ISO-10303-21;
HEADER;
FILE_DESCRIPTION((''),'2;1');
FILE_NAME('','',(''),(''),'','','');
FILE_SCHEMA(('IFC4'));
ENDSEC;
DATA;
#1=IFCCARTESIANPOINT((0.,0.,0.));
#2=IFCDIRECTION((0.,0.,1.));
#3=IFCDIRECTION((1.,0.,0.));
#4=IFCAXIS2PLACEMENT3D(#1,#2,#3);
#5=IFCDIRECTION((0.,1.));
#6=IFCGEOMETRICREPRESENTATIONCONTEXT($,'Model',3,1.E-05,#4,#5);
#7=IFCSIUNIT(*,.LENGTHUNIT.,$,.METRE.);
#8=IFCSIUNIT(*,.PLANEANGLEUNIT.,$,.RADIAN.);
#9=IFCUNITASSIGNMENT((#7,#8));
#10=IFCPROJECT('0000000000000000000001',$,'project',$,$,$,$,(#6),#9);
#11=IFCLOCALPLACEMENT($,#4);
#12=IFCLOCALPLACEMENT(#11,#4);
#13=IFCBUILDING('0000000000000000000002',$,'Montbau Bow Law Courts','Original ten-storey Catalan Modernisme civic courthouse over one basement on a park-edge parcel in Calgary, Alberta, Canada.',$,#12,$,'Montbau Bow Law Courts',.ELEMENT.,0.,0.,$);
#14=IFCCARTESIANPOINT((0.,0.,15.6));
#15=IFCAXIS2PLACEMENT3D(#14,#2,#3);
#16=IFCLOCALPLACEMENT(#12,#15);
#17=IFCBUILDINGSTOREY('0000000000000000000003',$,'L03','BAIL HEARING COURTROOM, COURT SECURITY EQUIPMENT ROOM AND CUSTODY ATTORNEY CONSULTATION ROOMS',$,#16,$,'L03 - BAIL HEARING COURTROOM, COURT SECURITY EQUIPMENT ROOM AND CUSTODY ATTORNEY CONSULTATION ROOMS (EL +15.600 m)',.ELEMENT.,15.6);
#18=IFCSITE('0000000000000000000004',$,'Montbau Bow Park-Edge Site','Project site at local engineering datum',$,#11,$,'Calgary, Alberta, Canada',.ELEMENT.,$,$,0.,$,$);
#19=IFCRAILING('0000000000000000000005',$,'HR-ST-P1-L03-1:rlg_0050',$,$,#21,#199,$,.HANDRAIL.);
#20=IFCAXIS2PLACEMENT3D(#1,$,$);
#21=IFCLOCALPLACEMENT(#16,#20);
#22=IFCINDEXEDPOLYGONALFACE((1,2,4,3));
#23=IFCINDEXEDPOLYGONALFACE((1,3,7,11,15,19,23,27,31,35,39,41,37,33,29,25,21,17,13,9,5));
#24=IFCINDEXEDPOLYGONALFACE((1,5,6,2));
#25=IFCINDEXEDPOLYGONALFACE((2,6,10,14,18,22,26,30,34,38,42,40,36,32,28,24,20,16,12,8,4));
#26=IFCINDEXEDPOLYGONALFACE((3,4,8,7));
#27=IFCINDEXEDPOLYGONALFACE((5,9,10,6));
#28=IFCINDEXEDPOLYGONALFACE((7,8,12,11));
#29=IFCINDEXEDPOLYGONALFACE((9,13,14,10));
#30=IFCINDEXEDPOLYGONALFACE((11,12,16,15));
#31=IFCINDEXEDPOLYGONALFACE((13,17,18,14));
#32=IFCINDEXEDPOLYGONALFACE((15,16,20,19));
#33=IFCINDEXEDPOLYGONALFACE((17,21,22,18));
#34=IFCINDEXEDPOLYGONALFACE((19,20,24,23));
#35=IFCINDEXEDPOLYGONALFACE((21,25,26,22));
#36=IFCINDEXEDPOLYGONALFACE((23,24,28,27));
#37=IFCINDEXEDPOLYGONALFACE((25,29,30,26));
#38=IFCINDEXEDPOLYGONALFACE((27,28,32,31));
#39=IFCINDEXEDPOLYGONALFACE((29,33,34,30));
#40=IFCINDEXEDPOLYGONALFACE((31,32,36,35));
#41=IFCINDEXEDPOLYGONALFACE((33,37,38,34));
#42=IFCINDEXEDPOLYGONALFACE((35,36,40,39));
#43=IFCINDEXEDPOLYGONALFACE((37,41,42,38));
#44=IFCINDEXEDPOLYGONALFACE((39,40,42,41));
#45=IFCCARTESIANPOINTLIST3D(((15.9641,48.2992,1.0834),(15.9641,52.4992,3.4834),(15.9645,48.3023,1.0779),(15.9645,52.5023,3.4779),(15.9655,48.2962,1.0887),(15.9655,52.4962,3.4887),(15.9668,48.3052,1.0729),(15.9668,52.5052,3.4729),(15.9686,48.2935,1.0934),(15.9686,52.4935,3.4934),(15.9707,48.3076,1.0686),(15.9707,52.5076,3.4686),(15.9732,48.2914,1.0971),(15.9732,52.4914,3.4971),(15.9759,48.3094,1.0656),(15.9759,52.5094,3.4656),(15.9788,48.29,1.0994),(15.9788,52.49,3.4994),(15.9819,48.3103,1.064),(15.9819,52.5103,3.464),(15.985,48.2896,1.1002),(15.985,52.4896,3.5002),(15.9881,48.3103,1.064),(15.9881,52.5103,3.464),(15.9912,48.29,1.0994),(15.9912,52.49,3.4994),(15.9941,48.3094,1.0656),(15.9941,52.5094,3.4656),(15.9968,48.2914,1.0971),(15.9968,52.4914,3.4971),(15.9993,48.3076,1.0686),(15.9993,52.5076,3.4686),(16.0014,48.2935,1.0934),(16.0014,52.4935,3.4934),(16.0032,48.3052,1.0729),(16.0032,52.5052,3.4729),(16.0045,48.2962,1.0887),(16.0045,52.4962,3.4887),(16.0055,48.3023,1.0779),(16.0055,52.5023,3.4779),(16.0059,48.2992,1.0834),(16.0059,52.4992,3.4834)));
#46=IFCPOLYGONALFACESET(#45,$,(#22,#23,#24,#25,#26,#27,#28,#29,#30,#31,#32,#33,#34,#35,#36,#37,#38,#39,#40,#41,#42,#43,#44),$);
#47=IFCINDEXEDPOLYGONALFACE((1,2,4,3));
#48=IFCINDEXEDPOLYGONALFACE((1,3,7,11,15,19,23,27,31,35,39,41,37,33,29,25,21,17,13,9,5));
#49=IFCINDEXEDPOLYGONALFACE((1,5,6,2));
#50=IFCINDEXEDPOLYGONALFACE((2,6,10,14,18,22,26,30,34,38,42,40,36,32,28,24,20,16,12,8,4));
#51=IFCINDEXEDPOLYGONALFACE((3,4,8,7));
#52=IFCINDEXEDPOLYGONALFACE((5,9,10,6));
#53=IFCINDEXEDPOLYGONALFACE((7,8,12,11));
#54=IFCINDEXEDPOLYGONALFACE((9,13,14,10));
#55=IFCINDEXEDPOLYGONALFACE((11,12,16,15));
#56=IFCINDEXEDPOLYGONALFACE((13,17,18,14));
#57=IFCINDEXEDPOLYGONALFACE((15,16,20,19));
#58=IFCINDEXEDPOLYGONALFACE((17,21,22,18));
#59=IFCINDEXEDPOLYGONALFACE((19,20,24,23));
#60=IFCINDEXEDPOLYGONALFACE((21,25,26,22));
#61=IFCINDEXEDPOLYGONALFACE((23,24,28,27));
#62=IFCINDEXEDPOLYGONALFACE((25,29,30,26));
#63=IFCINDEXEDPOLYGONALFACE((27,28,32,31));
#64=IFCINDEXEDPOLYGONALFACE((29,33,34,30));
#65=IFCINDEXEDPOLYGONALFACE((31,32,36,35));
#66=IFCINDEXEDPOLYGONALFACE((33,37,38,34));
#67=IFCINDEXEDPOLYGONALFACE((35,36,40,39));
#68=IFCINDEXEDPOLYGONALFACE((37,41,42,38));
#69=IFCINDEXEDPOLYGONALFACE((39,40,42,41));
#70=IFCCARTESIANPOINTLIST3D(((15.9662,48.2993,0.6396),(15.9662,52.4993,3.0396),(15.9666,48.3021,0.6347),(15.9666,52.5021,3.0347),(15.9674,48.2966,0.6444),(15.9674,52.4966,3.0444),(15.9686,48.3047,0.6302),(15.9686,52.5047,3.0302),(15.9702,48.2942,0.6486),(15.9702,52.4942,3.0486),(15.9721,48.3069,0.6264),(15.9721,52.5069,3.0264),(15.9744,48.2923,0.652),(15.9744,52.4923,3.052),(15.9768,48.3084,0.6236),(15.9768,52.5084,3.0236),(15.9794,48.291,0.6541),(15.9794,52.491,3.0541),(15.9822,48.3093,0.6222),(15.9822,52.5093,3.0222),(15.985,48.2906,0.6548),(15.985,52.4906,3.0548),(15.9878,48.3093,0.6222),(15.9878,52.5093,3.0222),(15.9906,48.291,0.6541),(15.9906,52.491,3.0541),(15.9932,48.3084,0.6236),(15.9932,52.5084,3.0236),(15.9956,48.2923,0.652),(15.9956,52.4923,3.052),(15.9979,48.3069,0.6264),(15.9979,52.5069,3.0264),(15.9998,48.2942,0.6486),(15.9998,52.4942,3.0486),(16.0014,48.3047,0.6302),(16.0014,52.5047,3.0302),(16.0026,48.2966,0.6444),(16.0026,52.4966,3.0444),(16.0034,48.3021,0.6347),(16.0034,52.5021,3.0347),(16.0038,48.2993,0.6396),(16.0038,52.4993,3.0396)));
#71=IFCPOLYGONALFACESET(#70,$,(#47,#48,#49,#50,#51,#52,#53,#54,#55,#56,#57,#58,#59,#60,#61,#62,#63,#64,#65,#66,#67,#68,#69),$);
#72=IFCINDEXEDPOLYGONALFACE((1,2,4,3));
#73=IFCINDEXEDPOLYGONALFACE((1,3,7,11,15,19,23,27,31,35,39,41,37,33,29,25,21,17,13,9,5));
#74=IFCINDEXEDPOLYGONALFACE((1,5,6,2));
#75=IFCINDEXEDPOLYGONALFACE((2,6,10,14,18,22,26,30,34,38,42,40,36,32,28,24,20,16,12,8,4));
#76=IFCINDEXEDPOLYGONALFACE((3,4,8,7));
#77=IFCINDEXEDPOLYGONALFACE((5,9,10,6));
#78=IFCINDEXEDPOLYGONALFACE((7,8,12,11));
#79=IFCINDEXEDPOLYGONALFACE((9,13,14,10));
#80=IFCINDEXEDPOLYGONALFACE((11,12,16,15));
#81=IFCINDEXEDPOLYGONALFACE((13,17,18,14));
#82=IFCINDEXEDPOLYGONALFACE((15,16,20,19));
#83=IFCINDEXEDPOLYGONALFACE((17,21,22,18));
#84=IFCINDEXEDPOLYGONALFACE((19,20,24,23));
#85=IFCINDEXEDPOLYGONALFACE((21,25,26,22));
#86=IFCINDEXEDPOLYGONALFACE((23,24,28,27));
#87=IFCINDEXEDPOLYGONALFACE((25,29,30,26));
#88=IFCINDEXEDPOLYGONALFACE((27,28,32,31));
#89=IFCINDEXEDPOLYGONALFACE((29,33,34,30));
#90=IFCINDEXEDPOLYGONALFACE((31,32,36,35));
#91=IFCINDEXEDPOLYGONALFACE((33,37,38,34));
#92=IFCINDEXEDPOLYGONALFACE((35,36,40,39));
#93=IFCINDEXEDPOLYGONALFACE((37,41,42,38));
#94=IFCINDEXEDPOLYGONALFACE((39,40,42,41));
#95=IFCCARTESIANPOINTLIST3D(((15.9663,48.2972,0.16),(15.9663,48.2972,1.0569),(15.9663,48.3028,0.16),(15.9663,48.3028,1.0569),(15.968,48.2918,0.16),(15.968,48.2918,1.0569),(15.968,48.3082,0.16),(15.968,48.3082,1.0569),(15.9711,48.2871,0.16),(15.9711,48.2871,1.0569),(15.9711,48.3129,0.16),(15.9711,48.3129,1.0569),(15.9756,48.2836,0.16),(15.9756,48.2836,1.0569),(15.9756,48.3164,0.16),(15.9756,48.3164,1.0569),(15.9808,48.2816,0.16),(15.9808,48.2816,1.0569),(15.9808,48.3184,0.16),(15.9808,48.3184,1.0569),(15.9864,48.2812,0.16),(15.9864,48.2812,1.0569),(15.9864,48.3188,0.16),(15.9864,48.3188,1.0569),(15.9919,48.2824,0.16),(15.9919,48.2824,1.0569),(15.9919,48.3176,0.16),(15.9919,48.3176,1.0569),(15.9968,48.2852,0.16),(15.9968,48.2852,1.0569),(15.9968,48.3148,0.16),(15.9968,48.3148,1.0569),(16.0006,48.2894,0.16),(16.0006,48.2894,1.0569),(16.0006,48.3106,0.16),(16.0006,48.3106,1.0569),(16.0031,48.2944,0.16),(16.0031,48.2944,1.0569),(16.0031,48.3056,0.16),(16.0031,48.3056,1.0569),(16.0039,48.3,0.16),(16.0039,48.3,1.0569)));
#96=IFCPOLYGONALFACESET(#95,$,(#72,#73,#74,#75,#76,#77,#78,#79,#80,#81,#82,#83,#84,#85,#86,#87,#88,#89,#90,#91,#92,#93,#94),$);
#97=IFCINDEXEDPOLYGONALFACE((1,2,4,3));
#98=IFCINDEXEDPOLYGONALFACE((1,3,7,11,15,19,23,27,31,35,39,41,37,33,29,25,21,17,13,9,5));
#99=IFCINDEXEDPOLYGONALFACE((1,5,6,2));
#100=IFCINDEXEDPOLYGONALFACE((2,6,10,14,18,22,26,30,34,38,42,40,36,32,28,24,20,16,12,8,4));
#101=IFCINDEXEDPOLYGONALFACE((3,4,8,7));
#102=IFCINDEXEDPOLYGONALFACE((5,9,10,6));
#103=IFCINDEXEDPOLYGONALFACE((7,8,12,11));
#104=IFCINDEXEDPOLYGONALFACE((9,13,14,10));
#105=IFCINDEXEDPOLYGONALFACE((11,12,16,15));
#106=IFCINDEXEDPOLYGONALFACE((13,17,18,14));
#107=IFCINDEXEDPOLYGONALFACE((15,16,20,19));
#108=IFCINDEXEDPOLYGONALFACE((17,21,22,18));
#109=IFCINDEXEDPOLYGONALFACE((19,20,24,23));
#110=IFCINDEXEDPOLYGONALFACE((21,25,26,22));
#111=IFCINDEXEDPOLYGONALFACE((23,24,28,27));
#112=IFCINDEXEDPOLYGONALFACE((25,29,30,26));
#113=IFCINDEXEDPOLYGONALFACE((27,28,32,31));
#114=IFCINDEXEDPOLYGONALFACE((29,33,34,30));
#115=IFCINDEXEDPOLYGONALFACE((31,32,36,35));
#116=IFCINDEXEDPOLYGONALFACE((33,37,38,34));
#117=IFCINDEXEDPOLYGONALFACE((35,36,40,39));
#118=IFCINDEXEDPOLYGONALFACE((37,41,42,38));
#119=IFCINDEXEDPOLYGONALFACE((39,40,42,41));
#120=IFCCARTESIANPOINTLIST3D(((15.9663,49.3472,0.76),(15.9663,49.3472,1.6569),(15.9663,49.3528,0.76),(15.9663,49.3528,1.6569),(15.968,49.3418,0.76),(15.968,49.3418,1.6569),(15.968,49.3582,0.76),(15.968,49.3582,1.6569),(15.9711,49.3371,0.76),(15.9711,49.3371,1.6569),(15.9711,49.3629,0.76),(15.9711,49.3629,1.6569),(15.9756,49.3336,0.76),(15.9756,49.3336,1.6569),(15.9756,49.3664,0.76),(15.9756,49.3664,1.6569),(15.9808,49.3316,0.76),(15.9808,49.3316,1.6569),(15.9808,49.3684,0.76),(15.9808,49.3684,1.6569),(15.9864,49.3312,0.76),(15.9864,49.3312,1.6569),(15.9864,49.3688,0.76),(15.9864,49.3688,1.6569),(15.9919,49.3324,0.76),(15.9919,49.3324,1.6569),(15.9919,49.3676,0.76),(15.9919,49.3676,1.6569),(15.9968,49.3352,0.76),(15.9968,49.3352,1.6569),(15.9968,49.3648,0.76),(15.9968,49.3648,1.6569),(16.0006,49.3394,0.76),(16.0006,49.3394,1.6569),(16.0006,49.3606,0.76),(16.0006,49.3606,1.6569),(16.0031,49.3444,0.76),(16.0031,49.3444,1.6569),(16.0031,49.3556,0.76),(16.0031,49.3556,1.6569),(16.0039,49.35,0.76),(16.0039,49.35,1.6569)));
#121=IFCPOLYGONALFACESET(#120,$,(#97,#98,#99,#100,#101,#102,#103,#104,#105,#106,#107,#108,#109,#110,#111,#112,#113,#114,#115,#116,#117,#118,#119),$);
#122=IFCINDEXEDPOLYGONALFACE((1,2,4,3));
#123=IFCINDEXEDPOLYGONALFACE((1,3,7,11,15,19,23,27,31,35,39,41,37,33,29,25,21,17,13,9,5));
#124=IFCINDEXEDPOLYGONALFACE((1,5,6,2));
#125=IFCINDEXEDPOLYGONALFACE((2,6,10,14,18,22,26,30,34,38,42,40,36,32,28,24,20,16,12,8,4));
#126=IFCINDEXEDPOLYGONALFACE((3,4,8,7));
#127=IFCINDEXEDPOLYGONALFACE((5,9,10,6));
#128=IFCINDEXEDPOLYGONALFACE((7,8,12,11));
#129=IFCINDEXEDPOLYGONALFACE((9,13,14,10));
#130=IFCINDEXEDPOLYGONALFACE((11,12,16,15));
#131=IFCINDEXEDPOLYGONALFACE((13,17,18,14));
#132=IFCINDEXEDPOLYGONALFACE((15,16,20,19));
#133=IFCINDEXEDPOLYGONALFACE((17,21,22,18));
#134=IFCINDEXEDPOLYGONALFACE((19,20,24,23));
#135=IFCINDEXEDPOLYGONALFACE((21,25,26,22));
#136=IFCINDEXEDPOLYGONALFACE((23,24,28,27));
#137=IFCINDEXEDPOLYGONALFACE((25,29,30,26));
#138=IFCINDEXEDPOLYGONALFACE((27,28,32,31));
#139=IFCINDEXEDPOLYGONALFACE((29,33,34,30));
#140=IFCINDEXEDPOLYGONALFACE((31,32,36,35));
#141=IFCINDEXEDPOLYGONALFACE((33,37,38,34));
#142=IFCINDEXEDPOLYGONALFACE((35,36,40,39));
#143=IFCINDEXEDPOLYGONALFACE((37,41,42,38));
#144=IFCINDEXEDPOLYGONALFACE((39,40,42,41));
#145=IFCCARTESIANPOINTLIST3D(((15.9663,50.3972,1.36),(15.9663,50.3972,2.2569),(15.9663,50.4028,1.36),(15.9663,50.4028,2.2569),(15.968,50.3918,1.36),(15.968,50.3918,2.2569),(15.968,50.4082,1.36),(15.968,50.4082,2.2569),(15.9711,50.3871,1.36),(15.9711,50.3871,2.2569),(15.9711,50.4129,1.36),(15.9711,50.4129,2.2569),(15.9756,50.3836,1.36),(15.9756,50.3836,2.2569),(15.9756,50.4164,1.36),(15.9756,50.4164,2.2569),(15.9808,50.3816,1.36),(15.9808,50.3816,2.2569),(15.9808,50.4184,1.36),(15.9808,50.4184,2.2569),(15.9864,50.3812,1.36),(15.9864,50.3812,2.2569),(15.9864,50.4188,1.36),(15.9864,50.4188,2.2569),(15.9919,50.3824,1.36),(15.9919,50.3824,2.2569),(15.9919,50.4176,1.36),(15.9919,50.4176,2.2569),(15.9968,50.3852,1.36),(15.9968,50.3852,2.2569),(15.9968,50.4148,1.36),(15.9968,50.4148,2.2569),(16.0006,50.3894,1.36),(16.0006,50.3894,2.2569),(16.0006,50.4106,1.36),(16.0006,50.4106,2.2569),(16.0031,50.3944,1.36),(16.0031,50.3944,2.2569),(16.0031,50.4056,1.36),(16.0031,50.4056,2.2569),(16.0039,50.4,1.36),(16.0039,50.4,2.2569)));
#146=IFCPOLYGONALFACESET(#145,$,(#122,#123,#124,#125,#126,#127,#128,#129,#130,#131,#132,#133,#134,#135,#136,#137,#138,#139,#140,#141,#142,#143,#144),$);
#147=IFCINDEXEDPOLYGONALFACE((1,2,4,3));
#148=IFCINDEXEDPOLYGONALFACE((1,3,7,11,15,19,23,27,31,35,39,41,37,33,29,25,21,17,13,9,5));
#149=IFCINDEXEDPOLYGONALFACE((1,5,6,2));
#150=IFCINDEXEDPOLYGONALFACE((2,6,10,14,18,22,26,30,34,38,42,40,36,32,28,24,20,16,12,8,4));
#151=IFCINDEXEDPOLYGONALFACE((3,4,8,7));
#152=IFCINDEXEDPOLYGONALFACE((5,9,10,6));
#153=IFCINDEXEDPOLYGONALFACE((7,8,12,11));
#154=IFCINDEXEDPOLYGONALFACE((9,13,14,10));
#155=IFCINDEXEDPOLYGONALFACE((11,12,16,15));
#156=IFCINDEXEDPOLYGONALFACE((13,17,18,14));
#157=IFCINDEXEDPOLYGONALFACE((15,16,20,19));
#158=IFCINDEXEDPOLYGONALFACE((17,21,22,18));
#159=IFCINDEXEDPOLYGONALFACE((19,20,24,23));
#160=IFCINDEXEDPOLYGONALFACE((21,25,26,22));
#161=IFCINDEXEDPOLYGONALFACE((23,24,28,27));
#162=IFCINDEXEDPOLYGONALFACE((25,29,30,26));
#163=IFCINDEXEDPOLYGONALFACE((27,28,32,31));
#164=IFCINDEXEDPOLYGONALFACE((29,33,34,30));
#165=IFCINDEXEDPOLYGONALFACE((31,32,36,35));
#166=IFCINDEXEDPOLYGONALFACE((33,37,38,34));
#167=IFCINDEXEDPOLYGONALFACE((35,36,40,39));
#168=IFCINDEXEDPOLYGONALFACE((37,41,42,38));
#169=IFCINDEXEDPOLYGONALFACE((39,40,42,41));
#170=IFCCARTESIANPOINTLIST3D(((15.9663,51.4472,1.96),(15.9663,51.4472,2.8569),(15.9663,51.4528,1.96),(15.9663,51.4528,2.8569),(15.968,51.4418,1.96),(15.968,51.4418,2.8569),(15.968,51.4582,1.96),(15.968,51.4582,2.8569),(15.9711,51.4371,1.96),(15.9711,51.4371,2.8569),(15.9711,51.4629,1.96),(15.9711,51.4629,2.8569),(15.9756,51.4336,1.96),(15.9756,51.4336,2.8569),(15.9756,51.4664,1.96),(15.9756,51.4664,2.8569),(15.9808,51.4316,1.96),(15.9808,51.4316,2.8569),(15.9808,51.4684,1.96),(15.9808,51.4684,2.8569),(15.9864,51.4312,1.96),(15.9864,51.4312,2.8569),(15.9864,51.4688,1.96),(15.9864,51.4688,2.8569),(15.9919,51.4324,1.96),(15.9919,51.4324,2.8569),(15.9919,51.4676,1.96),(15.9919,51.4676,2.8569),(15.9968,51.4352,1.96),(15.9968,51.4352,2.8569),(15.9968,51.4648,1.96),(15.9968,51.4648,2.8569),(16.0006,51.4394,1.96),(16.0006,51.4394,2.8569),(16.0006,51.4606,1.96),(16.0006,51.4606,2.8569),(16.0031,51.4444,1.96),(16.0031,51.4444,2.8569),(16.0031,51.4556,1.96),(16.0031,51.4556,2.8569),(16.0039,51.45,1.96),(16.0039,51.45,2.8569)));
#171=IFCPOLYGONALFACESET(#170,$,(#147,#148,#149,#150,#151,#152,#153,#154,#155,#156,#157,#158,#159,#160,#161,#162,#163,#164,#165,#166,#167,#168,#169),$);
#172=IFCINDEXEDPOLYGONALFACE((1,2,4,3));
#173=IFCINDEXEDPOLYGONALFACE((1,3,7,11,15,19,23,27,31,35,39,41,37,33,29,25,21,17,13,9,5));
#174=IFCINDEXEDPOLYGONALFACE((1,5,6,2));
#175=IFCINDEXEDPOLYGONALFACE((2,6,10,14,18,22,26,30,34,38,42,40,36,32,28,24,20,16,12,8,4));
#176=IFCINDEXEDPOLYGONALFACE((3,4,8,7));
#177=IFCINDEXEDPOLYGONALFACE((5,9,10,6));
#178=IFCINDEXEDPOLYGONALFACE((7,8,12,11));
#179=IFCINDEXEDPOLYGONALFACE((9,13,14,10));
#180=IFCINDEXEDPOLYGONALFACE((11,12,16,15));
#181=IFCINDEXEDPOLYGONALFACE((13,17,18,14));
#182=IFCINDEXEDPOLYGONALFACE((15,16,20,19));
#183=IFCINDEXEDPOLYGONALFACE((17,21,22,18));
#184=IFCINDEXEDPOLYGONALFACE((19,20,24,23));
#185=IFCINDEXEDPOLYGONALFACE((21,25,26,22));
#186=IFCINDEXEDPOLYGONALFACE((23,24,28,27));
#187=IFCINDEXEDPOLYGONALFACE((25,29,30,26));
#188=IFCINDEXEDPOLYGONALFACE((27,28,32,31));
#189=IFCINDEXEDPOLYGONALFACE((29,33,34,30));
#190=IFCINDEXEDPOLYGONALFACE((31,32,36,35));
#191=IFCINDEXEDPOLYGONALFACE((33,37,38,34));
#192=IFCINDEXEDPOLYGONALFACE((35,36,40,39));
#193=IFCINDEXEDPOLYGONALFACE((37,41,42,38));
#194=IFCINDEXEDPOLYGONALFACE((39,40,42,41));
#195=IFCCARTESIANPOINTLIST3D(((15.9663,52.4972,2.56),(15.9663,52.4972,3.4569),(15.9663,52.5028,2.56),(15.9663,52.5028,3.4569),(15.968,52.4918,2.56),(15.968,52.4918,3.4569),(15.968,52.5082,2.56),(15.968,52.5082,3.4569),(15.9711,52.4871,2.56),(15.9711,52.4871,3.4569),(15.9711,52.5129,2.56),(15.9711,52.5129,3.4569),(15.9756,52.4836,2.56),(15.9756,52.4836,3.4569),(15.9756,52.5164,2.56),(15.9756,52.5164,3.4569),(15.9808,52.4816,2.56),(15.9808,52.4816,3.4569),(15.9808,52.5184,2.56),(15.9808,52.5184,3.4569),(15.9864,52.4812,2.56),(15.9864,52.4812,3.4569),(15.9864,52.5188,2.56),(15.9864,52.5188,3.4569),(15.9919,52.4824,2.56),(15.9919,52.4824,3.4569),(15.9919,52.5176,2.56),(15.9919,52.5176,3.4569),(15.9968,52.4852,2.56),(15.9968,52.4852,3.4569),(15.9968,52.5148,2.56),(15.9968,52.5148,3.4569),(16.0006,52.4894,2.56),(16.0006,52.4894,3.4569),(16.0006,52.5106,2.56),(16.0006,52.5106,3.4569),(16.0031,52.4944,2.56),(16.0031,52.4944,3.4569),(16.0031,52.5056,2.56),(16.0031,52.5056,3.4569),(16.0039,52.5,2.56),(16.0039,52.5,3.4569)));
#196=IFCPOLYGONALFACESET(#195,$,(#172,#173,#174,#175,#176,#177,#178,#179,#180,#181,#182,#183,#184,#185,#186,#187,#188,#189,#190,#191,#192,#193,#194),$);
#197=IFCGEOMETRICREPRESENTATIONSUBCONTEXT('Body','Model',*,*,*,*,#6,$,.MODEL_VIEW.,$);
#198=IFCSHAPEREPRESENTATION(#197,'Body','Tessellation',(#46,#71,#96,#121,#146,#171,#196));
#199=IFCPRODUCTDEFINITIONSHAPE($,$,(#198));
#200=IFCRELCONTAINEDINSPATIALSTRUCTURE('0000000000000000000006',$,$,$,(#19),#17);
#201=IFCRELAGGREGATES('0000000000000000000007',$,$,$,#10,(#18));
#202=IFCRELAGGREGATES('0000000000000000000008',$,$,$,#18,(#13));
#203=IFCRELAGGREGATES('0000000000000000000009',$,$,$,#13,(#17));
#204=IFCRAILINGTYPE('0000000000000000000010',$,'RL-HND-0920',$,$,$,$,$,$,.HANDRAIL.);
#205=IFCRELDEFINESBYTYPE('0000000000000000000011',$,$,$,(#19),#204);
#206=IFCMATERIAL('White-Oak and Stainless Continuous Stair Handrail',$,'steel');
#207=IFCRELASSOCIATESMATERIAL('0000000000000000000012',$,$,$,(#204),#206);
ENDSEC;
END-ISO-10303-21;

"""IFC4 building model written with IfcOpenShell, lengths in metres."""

from ifc_helpers import new_model, si_unit, direction, frame, origin_with_axes, origin_2d_with_axis, place, context, subcontext, project, spatial, circle, extrude, material, type_object, element, save


model = new_model("IFC4")

# Units and contexts
model_context = context("Model", 3, precision=1e-05, world=origin_with_axes(), true_north=direction((0.0, 1.0)))
body_context = subcontext(model_context, "Body", "Model", "MODEL_VIEW")
ifc_project = project(units=[si_unit("LENGTHUNIT", "METRE"), si_unit("PLANEANGLEUNIT", "RADIAN")], contexts=[model_context])

# Site, building, storey
site_placement = place(None, origin_with_axes())
site = spatial("IfcSite", under=ifc_project, at=site_placement, Name="Montbau Bow Park-Edge Site", Description="Project site at local engineering datum", LongName="Calgary, Alberta, Canada", CompositionType="ELEMENT", RefElevation=0.0)
building_placement = place(site_placement, origin_with_axes())
building = spatial("IfcBuilding", under=site, at=building_placement, Name="Montbau Bow Law Courts", Description="Original ten-storey Catalan Modernisme civic courthouse over one basement on a park-edge parcel in Calgary, Alberta, Canada.", LongName="Montbau Bow Law Courts", CompositionType="ELEMENT", ElevationOfRefHeight=0.0, ElevationOfTerrain=0.0)
storey_placement = place(building_placement, frame((0.0, 0.0, 15.6), z_axis=(0.0, 0.0, 1.0), x_axis=(1.0, 0.0, 0.0)))
storey = spatial("IfcBuildingStorey", under=building, at=storey_placement, Name="L03", Description="BAIL HEARING COURTROOM, COURT SECURITY EQUIPMENT ROOM AND CUSTODY ATTORNEY CONSULTATION ROOMS", LongName="L03 - BAIL HEARING COURTROOM, COURT SECURITY EQUIPMENT ROOM AND CUSTODY ATTORNEY CONSULTATION ROOMS (EL +15.600 m)", CompositionType="ELEMENT", Elevation=15.6)

# Railing
ifc_material_1 = material(Name="White-Oak and Stainless Continuous Stair Handrail", Category="steel")
railing_type_1 = type_object("IfcRailingType", Name="RL-HND-0920", PredefinedType="HANDRAIL", material=ifc_material_1)
railing_1_placement = place(None, origin_with_axes())
element("IfcRailing", 1, at=railing_1_placement, inside=storey, type_object=railing_type_1, Name="HR-ST-P1-L03-1:rlg_0050", PredefinedType="HANDRAIL", context=body_context, shape_type="SweptSolid", body=[
    extrude(circle(Radius=0.021, at=origin_2d_with_axis()), frame((15.985, 48.3, 16.682), z_axis=(0.0, 0.868243, 0.496139), x_axis=(0.0, -0.496139, 0.868243)), (0.0, 0.0, 1.0), 4.8374),
    extrude(circle(Radius=0.0189, at=origin_2d_with_axis()), frame((15.985, 48.3, 16.2384), z_axis=(0.0, 0.868243, 0.496139), x_axis=(0.0, -0.496139, 0.868243)), (0.0, 0.0, 1.0), 4.8374),
    extrude(circle(Radius=0.0189, at=origin_2d_with_axis()), frame((15.985, 48.3, 15.76), z_axis=(0.0, 0.0, 1.0), x_axis=(1.0, 0.0, 0.0)), (0.0, 0.0, 1.0), 0.8969),
    extrude(circle(Radius=0.0189, at=origin_2d_with_axis()), frame((15.985, 49.35, 16.36), z_axis=(0.0, 0.0, 1.0), x_axis=(1.0, 0.0, 0.0)), (0.0, 0.0, 1.0), 0.8969),
    extrude(circle(Radius=0.0189, at=origin_2d_with_axis()), frame((15.985, 50.4, 16.96), z_axis=(0.0, 0.0, 1.0), x_axis=(1.0, 0.0, 0.0)), (0.0, 0.0, 1.0), 0.8969),
    extrude(circle(Radius=0.0189, at=origin_2d_with_axis()), frame((15.985, 51.45, 17.56), z_axis=(0.0, 0.0, 1.0), x_axis=(1.0, 0.0, 0.0)), (0.0, 0.0, 1.0), 0.8969),
    extrude(circle(Radius=0.0189, at=origin_2d_with_axis()), frame((15.985, 52.5, 18.16), z_axis=(0.0, 0.0, 1.0), x_axis=(1.0, 0.0, 0.0)), (0.0, 0.0, 1.0), 0.8969),
])

save(model, "model.ifc")
